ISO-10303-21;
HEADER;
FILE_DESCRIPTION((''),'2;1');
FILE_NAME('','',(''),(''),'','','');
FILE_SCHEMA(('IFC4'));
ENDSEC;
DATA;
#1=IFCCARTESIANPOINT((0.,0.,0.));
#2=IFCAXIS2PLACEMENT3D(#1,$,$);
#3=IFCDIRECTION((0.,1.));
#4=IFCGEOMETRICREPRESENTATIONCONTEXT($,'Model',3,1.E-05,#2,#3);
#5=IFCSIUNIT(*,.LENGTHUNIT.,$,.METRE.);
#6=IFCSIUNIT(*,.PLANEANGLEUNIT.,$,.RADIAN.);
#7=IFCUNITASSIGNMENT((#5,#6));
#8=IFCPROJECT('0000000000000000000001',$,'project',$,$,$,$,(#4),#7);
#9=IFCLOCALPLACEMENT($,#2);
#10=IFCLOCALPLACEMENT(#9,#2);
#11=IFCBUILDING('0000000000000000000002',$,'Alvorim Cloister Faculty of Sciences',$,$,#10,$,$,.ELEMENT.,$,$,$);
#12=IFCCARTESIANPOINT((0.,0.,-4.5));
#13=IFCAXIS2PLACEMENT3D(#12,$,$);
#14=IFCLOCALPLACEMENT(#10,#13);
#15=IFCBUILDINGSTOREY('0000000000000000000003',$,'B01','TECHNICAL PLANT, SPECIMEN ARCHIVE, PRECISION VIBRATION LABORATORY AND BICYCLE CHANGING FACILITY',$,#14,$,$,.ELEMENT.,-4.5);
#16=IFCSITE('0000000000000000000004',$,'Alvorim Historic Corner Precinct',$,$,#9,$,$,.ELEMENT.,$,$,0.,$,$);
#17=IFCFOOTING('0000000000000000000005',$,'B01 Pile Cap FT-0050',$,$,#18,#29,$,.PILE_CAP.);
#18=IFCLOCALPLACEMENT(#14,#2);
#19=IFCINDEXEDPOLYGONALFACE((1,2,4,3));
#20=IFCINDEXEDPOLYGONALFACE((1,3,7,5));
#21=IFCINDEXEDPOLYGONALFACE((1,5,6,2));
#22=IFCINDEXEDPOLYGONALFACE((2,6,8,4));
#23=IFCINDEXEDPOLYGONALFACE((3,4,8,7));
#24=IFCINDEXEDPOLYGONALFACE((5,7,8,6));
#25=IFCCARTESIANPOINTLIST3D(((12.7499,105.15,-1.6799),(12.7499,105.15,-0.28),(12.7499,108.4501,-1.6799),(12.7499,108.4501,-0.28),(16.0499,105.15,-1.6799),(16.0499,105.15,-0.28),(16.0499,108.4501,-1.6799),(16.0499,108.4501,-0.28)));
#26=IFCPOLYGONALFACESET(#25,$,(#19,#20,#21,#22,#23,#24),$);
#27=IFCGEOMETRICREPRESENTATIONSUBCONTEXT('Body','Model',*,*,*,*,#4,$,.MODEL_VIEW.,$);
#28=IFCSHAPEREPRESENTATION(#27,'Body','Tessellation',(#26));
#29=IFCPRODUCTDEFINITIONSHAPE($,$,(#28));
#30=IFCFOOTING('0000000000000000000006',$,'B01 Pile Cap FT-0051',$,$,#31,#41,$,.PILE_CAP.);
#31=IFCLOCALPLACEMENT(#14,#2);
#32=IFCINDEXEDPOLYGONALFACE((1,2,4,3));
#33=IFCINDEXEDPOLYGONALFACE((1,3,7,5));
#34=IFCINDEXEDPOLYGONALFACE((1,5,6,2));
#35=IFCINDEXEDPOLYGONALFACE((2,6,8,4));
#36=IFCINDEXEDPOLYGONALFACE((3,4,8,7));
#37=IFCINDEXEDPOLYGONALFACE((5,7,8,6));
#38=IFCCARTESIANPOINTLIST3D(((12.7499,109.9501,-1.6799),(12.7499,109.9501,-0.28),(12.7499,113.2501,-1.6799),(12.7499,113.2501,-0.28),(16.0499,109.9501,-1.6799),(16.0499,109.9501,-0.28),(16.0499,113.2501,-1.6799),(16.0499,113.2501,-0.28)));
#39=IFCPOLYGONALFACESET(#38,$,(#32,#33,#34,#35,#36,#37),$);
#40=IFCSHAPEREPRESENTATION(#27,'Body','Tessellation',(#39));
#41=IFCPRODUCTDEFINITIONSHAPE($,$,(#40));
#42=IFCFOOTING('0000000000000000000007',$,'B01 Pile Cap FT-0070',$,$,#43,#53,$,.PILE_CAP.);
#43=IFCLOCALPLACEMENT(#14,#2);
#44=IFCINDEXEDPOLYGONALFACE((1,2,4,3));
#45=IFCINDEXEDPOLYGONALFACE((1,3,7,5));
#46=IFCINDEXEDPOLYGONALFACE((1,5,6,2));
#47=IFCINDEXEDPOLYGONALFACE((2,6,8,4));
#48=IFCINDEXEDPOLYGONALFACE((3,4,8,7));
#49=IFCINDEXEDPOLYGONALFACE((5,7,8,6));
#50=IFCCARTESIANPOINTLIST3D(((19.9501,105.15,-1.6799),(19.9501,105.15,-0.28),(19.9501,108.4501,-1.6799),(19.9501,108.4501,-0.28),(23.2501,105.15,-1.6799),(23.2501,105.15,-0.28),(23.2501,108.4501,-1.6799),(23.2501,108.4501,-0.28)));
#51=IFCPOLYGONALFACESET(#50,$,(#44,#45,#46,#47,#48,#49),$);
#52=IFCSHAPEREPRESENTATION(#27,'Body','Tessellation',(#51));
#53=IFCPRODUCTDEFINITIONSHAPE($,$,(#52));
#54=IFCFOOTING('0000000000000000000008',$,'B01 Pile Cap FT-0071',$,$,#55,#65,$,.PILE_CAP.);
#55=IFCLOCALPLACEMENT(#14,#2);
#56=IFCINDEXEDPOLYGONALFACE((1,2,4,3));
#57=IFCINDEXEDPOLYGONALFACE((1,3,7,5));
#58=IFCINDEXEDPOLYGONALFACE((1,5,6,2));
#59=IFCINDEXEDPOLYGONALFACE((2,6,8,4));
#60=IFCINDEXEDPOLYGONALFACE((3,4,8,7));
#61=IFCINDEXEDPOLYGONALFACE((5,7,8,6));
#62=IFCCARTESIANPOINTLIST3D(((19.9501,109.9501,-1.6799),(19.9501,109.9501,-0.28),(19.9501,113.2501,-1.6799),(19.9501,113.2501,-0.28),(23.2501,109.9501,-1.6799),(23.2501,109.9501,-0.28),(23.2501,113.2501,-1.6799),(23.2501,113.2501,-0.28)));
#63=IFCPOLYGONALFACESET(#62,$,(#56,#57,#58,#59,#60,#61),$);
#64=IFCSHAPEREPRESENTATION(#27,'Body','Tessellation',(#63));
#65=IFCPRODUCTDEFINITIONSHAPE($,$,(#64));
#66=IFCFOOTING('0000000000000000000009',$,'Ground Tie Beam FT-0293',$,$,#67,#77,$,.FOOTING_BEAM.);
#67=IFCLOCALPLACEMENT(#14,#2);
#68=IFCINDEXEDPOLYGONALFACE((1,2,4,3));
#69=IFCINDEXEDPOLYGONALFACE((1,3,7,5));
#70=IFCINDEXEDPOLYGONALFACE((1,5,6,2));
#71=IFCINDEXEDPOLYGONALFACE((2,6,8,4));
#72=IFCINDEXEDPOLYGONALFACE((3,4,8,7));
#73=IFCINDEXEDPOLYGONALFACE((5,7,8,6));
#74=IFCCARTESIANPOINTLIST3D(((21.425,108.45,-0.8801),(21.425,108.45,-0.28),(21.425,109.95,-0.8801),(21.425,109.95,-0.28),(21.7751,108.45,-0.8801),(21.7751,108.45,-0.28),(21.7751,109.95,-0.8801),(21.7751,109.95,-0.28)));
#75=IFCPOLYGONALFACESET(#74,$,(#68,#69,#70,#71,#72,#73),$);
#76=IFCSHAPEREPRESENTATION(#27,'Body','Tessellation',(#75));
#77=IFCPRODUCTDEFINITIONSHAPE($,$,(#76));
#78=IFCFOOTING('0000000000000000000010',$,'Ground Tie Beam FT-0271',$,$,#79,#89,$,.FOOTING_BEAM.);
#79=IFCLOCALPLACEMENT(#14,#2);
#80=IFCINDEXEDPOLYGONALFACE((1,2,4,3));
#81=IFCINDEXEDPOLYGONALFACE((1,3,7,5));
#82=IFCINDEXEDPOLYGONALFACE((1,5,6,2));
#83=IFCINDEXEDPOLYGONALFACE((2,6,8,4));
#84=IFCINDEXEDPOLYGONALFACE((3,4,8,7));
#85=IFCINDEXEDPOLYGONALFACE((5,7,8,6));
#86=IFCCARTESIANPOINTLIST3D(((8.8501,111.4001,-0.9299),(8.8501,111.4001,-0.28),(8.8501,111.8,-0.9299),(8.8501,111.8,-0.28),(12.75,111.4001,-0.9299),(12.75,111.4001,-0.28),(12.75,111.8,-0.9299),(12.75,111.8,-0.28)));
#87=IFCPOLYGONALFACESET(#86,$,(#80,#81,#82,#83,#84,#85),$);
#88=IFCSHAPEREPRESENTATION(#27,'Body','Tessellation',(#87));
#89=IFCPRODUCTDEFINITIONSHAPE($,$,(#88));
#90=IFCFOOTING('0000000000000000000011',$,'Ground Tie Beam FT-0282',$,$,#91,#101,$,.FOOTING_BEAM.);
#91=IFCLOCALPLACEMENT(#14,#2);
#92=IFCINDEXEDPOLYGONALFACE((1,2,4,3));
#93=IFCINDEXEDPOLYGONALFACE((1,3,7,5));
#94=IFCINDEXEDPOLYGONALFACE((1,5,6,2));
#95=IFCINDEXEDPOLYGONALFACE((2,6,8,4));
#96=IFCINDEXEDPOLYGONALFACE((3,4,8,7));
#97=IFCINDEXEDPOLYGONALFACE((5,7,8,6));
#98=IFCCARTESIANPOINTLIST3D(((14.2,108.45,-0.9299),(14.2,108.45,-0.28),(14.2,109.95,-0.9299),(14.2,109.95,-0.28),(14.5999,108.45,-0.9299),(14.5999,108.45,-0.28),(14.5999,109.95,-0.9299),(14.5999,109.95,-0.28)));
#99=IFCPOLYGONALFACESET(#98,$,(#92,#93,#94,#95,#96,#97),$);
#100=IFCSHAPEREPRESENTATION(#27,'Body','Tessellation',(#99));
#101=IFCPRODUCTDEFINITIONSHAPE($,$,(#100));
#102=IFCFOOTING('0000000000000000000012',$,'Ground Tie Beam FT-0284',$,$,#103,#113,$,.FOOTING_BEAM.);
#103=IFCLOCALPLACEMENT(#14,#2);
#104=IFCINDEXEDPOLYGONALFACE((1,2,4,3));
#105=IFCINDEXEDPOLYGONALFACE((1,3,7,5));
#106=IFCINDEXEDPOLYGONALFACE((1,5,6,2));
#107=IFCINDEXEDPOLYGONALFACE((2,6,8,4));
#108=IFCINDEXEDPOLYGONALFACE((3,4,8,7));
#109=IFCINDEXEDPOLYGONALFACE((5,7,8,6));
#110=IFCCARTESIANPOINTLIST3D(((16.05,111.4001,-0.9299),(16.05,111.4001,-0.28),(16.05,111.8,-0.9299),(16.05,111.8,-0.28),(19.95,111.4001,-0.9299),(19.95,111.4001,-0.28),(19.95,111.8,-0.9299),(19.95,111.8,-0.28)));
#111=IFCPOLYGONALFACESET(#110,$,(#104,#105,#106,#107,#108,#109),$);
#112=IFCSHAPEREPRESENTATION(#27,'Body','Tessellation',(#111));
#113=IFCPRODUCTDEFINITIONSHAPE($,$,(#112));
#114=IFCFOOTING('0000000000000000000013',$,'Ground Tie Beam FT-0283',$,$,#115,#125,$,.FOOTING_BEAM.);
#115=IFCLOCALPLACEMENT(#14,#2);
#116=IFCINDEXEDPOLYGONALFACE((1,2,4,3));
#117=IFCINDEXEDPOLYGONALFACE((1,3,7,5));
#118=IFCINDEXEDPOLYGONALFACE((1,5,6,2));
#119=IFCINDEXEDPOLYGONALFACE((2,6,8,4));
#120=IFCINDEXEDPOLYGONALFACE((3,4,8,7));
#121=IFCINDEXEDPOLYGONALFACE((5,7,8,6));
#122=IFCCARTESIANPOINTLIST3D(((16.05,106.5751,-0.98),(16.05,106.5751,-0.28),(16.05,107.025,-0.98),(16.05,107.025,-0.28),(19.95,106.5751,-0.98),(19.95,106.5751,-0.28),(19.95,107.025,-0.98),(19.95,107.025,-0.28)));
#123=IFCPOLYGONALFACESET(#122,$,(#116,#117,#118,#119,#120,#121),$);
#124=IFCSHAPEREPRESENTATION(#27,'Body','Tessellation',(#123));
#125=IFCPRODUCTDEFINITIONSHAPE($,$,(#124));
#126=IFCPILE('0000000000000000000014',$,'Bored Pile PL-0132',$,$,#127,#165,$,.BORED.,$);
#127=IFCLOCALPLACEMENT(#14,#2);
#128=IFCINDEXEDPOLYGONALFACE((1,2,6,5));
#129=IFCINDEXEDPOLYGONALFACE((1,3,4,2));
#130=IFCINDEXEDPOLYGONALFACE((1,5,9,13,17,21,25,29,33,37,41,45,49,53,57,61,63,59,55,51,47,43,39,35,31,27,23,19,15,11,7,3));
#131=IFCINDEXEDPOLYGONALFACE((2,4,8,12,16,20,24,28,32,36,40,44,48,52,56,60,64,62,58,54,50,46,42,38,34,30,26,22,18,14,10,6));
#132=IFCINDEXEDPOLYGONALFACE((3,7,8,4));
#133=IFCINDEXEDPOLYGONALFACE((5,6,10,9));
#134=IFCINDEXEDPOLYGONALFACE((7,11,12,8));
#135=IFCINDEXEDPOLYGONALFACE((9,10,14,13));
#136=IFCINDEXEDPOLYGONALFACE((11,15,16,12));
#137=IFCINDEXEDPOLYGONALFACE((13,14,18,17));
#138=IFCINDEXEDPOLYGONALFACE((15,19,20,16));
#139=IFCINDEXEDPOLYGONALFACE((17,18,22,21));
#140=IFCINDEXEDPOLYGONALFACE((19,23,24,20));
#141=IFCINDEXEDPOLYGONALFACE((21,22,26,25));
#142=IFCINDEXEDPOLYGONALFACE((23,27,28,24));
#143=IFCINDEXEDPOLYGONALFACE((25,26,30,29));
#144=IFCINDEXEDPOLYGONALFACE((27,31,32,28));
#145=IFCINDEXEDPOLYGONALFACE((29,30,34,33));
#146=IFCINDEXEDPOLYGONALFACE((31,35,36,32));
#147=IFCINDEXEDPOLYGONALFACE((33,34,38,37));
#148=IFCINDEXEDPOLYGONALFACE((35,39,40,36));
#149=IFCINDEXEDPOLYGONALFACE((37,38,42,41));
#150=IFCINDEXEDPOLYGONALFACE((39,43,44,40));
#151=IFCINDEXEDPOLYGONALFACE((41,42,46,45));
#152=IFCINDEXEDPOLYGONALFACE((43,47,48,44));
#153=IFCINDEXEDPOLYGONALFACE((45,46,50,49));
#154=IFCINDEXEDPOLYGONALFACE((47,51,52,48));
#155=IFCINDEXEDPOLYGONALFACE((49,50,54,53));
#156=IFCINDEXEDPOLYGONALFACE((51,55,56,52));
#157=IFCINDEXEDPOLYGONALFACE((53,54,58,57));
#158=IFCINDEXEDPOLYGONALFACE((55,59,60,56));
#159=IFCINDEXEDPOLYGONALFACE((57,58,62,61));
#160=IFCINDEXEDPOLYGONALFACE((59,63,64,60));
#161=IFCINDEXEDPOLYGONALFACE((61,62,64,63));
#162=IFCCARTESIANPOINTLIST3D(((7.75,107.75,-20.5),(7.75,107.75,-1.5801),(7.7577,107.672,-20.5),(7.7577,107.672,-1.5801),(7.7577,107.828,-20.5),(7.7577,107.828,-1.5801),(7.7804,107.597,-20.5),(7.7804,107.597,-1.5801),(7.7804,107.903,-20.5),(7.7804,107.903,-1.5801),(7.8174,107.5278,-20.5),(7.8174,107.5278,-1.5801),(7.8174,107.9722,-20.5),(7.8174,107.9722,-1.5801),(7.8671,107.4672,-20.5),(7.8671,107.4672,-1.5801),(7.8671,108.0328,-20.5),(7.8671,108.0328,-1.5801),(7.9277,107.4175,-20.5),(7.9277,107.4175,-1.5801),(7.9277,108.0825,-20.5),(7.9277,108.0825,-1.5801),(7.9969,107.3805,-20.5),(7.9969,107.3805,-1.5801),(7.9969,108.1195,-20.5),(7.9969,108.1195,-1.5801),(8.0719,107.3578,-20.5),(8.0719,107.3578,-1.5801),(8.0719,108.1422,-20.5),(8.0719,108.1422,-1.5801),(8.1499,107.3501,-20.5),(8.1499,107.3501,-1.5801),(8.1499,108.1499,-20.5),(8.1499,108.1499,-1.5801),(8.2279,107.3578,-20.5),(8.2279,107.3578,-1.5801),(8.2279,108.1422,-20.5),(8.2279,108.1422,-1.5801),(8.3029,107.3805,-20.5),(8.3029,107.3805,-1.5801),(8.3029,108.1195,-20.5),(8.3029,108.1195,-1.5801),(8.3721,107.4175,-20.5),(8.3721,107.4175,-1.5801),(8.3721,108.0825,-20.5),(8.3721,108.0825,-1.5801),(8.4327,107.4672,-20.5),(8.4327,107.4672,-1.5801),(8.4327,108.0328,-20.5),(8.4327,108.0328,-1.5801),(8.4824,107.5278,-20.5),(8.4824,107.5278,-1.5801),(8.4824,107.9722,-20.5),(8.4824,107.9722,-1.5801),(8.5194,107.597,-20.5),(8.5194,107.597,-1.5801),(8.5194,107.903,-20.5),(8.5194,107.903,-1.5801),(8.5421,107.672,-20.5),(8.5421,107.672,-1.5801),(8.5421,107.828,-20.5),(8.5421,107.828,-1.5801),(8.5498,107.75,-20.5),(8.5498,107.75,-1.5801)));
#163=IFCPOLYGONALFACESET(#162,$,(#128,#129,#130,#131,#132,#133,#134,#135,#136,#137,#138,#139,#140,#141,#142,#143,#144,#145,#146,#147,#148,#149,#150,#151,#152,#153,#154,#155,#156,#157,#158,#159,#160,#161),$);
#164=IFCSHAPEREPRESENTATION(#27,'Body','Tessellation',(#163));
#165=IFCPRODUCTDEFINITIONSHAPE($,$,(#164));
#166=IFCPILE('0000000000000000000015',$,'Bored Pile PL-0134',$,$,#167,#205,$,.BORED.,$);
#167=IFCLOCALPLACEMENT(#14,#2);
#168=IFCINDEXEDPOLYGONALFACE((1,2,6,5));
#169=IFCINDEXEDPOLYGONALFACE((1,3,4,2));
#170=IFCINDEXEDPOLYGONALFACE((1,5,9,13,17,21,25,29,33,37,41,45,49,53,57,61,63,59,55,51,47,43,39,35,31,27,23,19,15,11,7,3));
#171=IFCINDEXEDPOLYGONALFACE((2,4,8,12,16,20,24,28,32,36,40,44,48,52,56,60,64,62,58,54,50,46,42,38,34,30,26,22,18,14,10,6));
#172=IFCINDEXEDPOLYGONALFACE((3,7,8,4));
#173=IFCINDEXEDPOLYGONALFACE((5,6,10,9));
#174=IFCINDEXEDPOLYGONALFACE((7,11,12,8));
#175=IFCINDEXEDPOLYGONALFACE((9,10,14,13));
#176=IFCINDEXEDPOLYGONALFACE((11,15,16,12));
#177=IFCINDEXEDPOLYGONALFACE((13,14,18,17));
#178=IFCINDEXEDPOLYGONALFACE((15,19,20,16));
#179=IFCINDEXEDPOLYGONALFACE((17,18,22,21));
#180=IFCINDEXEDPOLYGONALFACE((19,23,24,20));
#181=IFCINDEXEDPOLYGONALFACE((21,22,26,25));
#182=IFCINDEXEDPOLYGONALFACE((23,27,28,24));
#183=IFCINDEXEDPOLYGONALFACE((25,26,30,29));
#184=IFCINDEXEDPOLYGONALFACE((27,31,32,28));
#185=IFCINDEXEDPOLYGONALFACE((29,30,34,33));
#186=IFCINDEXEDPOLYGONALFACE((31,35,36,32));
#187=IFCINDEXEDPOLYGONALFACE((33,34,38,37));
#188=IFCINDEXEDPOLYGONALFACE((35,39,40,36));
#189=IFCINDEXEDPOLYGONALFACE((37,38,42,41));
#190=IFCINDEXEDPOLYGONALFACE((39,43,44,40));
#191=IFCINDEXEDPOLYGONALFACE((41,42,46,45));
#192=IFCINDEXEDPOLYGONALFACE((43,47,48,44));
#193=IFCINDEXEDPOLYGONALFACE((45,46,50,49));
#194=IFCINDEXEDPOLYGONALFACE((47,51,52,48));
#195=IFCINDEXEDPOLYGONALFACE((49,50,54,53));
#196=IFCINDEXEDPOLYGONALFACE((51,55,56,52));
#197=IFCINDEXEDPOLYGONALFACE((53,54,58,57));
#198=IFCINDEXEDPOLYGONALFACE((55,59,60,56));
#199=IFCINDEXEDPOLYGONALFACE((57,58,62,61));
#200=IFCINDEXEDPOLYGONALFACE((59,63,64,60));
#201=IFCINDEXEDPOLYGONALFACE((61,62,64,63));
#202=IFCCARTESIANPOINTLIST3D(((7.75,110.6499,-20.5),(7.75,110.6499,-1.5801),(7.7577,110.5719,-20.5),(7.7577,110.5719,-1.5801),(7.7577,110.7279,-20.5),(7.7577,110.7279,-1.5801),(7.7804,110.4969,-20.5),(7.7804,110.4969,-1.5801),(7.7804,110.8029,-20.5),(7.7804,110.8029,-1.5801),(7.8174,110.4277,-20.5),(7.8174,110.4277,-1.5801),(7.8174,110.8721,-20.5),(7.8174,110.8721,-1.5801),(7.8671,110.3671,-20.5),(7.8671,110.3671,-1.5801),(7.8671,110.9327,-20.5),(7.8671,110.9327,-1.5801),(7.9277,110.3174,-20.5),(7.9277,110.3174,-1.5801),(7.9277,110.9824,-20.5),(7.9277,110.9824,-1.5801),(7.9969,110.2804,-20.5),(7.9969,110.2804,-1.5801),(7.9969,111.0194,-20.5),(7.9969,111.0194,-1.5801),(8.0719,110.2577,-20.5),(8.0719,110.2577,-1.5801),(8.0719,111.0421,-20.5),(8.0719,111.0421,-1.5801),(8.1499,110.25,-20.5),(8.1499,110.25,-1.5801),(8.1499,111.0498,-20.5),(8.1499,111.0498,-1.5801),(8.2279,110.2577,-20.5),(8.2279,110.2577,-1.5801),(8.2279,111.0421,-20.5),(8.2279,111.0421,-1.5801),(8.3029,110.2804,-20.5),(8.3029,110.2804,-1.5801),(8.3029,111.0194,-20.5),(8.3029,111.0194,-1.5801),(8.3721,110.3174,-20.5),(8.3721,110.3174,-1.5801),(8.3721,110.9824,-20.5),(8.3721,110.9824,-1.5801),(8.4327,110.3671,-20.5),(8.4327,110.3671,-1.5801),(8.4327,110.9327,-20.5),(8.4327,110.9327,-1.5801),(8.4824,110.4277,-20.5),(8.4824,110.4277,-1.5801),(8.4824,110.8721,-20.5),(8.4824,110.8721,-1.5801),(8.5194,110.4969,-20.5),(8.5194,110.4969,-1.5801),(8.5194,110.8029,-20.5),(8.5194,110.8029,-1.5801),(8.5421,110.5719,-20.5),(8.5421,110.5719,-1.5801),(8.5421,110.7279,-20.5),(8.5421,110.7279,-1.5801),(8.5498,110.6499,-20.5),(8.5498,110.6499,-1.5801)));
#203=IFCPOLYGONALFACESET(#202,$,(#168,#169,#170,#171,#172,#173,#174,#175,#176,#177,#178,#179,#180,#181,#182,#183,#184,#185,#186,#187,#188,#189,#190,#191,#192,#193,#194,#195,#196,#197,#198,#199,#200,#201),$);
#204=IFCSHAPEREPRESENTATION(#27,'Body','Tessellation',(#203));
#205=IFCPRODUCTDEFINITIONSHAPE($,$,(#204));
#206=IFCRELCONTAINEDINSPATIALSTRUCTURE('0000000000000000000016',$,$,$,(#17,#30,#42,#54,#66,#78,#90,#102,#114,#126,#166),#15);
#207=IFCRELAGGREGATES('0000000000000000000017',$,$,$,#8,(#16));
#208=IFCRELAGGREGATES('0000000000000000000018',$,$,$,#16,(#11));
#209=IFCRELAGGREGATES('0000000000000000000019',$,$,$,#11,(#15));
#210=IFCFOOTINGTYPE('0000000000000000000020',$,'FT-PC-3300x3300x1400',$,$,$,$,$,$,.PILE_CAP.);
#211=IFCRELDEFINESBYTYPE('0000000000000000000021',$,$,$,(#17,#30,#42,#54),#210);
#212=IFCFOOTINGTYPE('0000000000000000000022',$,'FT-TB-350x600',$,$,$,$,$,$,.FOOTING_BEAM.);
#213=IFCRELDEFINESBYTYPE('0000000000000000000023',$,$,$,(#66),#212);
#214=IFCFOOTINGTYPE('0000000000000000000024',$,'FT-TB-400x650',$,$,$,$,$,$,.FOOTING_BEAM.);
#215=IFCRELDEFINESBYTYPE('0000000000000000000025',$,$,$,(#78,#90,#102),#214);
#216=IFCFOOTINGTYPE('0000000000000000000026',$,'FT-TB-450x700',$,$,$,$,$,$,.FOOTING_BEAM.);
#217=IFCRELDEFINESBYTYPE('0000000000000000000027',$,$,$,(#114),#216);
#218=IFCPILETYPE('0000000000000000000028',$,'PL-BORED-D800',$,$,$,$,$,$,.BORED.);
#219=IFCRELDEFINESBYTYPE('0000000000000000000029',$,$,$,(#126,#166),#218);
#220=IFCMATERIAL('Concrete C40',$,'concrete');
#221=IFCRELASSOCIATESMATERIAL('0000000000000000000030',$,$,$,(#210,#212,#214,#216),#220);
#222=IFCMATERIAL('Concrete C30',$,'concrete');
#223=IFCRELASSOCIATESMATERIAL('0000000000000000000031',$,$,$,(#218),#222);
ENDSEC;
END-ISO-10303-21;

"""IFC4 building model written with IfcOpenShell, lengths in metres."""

from ifc_helpers import new_model, si_unit, direction, frame, origin, origin_2d, place, context, subcontext, project, spatial, rectangle, circle, extrude, material, material_profile, profile_set, type_object, element, save


model = new_model("IFC4")

# Units and contexts
model_context = context("Model", 3, precision=1e-05, world=origin(), true_north=direction((0.0, 1.0)))
body_context = subcontext(model_context, "Body", "Model", "MODEL_VIEW")
ifc_project = project(units=[si_unit("LENGTHUNIT", "METRE"), si_unit("PLANEANGLEUNIT", "RADIAN")], contexts=[model_context])

# Site, building, storey
site_placement = place(None, origin())
site = spatial("IfcSite", under=ifc_project, at=site_placement, Name="Alvorim Historic Corner Precinct", CompositionType="ELEMENT", RefElevation=0.0)
building_placement = place(site_placement, origin())
building = spatial("IfcBuilding", under=site, at=building_placement, Name="Alvorim Cloister Faculty of Sciences", CompositionType="ELEMENT")
storey_placement = place(building_placement, frame((0.0, 0.0, -4.5)))
storey = spatial("IfcBuildingStorey", under=building, at=storey_placement, Name="B01", Description="TECHNICAL PLANT, SPECIMEN ARCHIVE, PRECISION VIBRATION LABORATORY AND BICYCLE CHANGING FACILITY", CompositionType="ELEMENT", Elevation=-4.5)

# Footings
ifc_material_1 = material(Name="Concrete C40", Category="concrete")
footing_type_1 = type_object("IfcFootingType", Name="FT-PC-3300x3300x1400", PredefinedType="PILE_CAP", material=ifc_material_1)
for number, where, z_axis, x_axis, name in (
    (1, (14.3999, 106.8, -1.6799), (0.0, 0.0, 1.0), (1.0, 0.0, 0.0), "B01 Pile Cap FT-0050"),
    (2, (14.3999, 111.6001, -1.6799), (0.0, 0.0, 1.0), (1.0, 0.0, 0.0), "B01 Pile Cap FT-0051"),
    (3, (21.6001, 106.8, -1.6799), (0.0, 0.0, 1.0), (1.0, 0.0, 0.0), "B01 Pile Cap FT-0070"),
    (4, (21.6001, 111.6001, -1.6799), (0.0, 0.0, 1.0), (1.0, 0.0, 0.0), "B01 Pile Cap FT-0071"),
):
    element("IfcFooting", number, at=place(storey_placement, frame(where, z_axis=z_axis, x_axis=x_axis)), inside=storey, type_object=footing_type_1, Name=name, PredefinedType="PILE_CAP", context=body_context, shape_type="SweptSolid", body=[
        extrude(rectangle(XDim=3.3, YDim=3.3, at=origin_2d()), origin(), (0.0, 0.0, 1.0), 1.3999),
    ])
footing_type_2 = type_object("IfcFootingType", Name="FT-TB-350x600", PredefinedType="FOOTING_BEAM", material=ifc_material_1)
footing_1_placement = place(storey_placement, frame((21.6001, 109.2, -0.8801), z_axis=(0.0, 0.0, 1.0), x_axis=(1.0, 0.0, 0.0)))
element("IfcFooting", 5, at=footing_1_placement, inside=storey, type_object=footing_type_2, Name="Ground Tie Beam FT-0293", PredefinedType="FOOTING_BEAM", context=body_context, shape_type="SweptSolid", body=[
    extrude(rectangle(XDim=0.3501, YDim=1.5, at=origin_2d()), origin(), (0.0, 0.0, 1.0), 0.6001),
])
footing_type_3 = type_object("IfcFootingType", Name="FT-TB-400x650", PredefinedType="FOOTING_BEAM", material=ifc_material_1)
footing_2_placement = place(storey_placement, frame((10.8, 111.6001, -0.9299), z_axis=(0.0, 0.0, 1.0), x_axis=(1.0, 0.0, 0.0)))
element("IfcFooting", 6, at=footing_2_placement, inside=storey, type_object=footing_type_3, Name="Ground Tie Beam FT-0271", PredefinedType="FOOTING_BEAM", context=body_context, shape_type="SweptSolid", body=[
    extrude(rectangle(XDim=3.8999, YDim=0.3999, at=origin_2d()), origin(), (0.0, 0.0, 1.0), 0.6499),
])
footing_3_placement = place(storey_placement, frame((14.3999, 109.2, -0.9299), z_axis=(0.0, 0.0, 1.0), x_axis=(1.0, 0.0, 0.0)))
element("IfcFooting", 7, at=footing_3_placement, inside=storey, type_object=footing_type_3, Name="Ground Tie Beam FT-0282", PredefinedType="FOOTING_BEAM", context=body_context, shape_type="SweptSolid", body=[
    extrude(rectangle(XDim=0.3999, YDim=1.5, at=origin_2d()), origin(), (0.0, 0.0, 1.0), 0.6499),
])
footing_4_placement = place(storey_placement, frame((18.0, 111.6001, -0.9299), z_axis=(0.0, 0.0, 1.0), x_axis=(1.0, 0.0, 0.0)))
element("IfcFooting", 8, at=footing_4_placement, inside=storey, type_object=footing_type_3, Name="Ground Tie Beam FT-0284", PredefinedType="FOOTING_BEAM", context=body_context, shape_type="SweptSolid", body=[
    extrude(rectangle(XDim=3.8999, YDim=0.3999, at=origin_2d()), origin(), (0.0, 0.0, 1.0), 0.6499),
])
footing_type_4 = type_object("IfcFootingType", Name="FT-TB-450x700", PredefinedType="FOOTING_BEAM", material=ifc_material_1)
footing_5_placement = place(storey_placement, frame((18.0, 106.8, -0.98), z_axis=(0.0, 0.0, 1.0), x_axis=(1.0, 0.0, 0.0)))
element("IfcFooting", 9, at=footing_5_placement, inside=storey, type_object=footing_type_4, Name="Ground Tie Beam FT-0283", PredefinedType="FOOTING_BEAM", context=body_context, shape_type="SweptSolid", body=[
    extrude(rectangle(XDim=3.8999, YDim=0.45, at=origin_2d()), origin(), (0.0, 0.0, 1.0), 0.7),
])

# Piles
ifc_material_2 = material(Name="Concrete C30", Category="concrete")
ifc_material_profile_1 = material_profile(ifc_material_2, circle(Radius=0.3999, at=origin_2d()), Name="PILE-D800")
ifc_profile_set_1 = profile_set([ifc_material_profile_1], Name="Concrete C30")
pile_type = type_object("IfcPileType", Name="PL-BORED-D800", PredefinedType="BORED", material=ifc_profile_set_1)
for number, where, z_axis, x_axis, name in (
    (10, (8.1499, 107.75, -1.5801), (0.0, 0.0, -1.0), (1.0, 0.0, 0.0), "Bored Pile PL-0132"),
    (11, (8.1499, 110.6499, -1.5801), (0.0, 0.0, -1.0), (1.0, 0.0, 0.0), "Bored Pile PL-0134"),
):
    element("IfcPile", number, at=place(storey_placement, frame(where, z_axis=z_axis, x_axis=x_axis)), inside=storey, type_object=pile_type, Name=name, PredefinedType="BORED", context=body_context, shape_type="SweptSolid", body=[
        extrude(circle(Radius=0.3999, at=origin_2d()), origin(), (0.0, 0.0, 1.0), 18.9199),
    ])

save(model, "model.ifc")
